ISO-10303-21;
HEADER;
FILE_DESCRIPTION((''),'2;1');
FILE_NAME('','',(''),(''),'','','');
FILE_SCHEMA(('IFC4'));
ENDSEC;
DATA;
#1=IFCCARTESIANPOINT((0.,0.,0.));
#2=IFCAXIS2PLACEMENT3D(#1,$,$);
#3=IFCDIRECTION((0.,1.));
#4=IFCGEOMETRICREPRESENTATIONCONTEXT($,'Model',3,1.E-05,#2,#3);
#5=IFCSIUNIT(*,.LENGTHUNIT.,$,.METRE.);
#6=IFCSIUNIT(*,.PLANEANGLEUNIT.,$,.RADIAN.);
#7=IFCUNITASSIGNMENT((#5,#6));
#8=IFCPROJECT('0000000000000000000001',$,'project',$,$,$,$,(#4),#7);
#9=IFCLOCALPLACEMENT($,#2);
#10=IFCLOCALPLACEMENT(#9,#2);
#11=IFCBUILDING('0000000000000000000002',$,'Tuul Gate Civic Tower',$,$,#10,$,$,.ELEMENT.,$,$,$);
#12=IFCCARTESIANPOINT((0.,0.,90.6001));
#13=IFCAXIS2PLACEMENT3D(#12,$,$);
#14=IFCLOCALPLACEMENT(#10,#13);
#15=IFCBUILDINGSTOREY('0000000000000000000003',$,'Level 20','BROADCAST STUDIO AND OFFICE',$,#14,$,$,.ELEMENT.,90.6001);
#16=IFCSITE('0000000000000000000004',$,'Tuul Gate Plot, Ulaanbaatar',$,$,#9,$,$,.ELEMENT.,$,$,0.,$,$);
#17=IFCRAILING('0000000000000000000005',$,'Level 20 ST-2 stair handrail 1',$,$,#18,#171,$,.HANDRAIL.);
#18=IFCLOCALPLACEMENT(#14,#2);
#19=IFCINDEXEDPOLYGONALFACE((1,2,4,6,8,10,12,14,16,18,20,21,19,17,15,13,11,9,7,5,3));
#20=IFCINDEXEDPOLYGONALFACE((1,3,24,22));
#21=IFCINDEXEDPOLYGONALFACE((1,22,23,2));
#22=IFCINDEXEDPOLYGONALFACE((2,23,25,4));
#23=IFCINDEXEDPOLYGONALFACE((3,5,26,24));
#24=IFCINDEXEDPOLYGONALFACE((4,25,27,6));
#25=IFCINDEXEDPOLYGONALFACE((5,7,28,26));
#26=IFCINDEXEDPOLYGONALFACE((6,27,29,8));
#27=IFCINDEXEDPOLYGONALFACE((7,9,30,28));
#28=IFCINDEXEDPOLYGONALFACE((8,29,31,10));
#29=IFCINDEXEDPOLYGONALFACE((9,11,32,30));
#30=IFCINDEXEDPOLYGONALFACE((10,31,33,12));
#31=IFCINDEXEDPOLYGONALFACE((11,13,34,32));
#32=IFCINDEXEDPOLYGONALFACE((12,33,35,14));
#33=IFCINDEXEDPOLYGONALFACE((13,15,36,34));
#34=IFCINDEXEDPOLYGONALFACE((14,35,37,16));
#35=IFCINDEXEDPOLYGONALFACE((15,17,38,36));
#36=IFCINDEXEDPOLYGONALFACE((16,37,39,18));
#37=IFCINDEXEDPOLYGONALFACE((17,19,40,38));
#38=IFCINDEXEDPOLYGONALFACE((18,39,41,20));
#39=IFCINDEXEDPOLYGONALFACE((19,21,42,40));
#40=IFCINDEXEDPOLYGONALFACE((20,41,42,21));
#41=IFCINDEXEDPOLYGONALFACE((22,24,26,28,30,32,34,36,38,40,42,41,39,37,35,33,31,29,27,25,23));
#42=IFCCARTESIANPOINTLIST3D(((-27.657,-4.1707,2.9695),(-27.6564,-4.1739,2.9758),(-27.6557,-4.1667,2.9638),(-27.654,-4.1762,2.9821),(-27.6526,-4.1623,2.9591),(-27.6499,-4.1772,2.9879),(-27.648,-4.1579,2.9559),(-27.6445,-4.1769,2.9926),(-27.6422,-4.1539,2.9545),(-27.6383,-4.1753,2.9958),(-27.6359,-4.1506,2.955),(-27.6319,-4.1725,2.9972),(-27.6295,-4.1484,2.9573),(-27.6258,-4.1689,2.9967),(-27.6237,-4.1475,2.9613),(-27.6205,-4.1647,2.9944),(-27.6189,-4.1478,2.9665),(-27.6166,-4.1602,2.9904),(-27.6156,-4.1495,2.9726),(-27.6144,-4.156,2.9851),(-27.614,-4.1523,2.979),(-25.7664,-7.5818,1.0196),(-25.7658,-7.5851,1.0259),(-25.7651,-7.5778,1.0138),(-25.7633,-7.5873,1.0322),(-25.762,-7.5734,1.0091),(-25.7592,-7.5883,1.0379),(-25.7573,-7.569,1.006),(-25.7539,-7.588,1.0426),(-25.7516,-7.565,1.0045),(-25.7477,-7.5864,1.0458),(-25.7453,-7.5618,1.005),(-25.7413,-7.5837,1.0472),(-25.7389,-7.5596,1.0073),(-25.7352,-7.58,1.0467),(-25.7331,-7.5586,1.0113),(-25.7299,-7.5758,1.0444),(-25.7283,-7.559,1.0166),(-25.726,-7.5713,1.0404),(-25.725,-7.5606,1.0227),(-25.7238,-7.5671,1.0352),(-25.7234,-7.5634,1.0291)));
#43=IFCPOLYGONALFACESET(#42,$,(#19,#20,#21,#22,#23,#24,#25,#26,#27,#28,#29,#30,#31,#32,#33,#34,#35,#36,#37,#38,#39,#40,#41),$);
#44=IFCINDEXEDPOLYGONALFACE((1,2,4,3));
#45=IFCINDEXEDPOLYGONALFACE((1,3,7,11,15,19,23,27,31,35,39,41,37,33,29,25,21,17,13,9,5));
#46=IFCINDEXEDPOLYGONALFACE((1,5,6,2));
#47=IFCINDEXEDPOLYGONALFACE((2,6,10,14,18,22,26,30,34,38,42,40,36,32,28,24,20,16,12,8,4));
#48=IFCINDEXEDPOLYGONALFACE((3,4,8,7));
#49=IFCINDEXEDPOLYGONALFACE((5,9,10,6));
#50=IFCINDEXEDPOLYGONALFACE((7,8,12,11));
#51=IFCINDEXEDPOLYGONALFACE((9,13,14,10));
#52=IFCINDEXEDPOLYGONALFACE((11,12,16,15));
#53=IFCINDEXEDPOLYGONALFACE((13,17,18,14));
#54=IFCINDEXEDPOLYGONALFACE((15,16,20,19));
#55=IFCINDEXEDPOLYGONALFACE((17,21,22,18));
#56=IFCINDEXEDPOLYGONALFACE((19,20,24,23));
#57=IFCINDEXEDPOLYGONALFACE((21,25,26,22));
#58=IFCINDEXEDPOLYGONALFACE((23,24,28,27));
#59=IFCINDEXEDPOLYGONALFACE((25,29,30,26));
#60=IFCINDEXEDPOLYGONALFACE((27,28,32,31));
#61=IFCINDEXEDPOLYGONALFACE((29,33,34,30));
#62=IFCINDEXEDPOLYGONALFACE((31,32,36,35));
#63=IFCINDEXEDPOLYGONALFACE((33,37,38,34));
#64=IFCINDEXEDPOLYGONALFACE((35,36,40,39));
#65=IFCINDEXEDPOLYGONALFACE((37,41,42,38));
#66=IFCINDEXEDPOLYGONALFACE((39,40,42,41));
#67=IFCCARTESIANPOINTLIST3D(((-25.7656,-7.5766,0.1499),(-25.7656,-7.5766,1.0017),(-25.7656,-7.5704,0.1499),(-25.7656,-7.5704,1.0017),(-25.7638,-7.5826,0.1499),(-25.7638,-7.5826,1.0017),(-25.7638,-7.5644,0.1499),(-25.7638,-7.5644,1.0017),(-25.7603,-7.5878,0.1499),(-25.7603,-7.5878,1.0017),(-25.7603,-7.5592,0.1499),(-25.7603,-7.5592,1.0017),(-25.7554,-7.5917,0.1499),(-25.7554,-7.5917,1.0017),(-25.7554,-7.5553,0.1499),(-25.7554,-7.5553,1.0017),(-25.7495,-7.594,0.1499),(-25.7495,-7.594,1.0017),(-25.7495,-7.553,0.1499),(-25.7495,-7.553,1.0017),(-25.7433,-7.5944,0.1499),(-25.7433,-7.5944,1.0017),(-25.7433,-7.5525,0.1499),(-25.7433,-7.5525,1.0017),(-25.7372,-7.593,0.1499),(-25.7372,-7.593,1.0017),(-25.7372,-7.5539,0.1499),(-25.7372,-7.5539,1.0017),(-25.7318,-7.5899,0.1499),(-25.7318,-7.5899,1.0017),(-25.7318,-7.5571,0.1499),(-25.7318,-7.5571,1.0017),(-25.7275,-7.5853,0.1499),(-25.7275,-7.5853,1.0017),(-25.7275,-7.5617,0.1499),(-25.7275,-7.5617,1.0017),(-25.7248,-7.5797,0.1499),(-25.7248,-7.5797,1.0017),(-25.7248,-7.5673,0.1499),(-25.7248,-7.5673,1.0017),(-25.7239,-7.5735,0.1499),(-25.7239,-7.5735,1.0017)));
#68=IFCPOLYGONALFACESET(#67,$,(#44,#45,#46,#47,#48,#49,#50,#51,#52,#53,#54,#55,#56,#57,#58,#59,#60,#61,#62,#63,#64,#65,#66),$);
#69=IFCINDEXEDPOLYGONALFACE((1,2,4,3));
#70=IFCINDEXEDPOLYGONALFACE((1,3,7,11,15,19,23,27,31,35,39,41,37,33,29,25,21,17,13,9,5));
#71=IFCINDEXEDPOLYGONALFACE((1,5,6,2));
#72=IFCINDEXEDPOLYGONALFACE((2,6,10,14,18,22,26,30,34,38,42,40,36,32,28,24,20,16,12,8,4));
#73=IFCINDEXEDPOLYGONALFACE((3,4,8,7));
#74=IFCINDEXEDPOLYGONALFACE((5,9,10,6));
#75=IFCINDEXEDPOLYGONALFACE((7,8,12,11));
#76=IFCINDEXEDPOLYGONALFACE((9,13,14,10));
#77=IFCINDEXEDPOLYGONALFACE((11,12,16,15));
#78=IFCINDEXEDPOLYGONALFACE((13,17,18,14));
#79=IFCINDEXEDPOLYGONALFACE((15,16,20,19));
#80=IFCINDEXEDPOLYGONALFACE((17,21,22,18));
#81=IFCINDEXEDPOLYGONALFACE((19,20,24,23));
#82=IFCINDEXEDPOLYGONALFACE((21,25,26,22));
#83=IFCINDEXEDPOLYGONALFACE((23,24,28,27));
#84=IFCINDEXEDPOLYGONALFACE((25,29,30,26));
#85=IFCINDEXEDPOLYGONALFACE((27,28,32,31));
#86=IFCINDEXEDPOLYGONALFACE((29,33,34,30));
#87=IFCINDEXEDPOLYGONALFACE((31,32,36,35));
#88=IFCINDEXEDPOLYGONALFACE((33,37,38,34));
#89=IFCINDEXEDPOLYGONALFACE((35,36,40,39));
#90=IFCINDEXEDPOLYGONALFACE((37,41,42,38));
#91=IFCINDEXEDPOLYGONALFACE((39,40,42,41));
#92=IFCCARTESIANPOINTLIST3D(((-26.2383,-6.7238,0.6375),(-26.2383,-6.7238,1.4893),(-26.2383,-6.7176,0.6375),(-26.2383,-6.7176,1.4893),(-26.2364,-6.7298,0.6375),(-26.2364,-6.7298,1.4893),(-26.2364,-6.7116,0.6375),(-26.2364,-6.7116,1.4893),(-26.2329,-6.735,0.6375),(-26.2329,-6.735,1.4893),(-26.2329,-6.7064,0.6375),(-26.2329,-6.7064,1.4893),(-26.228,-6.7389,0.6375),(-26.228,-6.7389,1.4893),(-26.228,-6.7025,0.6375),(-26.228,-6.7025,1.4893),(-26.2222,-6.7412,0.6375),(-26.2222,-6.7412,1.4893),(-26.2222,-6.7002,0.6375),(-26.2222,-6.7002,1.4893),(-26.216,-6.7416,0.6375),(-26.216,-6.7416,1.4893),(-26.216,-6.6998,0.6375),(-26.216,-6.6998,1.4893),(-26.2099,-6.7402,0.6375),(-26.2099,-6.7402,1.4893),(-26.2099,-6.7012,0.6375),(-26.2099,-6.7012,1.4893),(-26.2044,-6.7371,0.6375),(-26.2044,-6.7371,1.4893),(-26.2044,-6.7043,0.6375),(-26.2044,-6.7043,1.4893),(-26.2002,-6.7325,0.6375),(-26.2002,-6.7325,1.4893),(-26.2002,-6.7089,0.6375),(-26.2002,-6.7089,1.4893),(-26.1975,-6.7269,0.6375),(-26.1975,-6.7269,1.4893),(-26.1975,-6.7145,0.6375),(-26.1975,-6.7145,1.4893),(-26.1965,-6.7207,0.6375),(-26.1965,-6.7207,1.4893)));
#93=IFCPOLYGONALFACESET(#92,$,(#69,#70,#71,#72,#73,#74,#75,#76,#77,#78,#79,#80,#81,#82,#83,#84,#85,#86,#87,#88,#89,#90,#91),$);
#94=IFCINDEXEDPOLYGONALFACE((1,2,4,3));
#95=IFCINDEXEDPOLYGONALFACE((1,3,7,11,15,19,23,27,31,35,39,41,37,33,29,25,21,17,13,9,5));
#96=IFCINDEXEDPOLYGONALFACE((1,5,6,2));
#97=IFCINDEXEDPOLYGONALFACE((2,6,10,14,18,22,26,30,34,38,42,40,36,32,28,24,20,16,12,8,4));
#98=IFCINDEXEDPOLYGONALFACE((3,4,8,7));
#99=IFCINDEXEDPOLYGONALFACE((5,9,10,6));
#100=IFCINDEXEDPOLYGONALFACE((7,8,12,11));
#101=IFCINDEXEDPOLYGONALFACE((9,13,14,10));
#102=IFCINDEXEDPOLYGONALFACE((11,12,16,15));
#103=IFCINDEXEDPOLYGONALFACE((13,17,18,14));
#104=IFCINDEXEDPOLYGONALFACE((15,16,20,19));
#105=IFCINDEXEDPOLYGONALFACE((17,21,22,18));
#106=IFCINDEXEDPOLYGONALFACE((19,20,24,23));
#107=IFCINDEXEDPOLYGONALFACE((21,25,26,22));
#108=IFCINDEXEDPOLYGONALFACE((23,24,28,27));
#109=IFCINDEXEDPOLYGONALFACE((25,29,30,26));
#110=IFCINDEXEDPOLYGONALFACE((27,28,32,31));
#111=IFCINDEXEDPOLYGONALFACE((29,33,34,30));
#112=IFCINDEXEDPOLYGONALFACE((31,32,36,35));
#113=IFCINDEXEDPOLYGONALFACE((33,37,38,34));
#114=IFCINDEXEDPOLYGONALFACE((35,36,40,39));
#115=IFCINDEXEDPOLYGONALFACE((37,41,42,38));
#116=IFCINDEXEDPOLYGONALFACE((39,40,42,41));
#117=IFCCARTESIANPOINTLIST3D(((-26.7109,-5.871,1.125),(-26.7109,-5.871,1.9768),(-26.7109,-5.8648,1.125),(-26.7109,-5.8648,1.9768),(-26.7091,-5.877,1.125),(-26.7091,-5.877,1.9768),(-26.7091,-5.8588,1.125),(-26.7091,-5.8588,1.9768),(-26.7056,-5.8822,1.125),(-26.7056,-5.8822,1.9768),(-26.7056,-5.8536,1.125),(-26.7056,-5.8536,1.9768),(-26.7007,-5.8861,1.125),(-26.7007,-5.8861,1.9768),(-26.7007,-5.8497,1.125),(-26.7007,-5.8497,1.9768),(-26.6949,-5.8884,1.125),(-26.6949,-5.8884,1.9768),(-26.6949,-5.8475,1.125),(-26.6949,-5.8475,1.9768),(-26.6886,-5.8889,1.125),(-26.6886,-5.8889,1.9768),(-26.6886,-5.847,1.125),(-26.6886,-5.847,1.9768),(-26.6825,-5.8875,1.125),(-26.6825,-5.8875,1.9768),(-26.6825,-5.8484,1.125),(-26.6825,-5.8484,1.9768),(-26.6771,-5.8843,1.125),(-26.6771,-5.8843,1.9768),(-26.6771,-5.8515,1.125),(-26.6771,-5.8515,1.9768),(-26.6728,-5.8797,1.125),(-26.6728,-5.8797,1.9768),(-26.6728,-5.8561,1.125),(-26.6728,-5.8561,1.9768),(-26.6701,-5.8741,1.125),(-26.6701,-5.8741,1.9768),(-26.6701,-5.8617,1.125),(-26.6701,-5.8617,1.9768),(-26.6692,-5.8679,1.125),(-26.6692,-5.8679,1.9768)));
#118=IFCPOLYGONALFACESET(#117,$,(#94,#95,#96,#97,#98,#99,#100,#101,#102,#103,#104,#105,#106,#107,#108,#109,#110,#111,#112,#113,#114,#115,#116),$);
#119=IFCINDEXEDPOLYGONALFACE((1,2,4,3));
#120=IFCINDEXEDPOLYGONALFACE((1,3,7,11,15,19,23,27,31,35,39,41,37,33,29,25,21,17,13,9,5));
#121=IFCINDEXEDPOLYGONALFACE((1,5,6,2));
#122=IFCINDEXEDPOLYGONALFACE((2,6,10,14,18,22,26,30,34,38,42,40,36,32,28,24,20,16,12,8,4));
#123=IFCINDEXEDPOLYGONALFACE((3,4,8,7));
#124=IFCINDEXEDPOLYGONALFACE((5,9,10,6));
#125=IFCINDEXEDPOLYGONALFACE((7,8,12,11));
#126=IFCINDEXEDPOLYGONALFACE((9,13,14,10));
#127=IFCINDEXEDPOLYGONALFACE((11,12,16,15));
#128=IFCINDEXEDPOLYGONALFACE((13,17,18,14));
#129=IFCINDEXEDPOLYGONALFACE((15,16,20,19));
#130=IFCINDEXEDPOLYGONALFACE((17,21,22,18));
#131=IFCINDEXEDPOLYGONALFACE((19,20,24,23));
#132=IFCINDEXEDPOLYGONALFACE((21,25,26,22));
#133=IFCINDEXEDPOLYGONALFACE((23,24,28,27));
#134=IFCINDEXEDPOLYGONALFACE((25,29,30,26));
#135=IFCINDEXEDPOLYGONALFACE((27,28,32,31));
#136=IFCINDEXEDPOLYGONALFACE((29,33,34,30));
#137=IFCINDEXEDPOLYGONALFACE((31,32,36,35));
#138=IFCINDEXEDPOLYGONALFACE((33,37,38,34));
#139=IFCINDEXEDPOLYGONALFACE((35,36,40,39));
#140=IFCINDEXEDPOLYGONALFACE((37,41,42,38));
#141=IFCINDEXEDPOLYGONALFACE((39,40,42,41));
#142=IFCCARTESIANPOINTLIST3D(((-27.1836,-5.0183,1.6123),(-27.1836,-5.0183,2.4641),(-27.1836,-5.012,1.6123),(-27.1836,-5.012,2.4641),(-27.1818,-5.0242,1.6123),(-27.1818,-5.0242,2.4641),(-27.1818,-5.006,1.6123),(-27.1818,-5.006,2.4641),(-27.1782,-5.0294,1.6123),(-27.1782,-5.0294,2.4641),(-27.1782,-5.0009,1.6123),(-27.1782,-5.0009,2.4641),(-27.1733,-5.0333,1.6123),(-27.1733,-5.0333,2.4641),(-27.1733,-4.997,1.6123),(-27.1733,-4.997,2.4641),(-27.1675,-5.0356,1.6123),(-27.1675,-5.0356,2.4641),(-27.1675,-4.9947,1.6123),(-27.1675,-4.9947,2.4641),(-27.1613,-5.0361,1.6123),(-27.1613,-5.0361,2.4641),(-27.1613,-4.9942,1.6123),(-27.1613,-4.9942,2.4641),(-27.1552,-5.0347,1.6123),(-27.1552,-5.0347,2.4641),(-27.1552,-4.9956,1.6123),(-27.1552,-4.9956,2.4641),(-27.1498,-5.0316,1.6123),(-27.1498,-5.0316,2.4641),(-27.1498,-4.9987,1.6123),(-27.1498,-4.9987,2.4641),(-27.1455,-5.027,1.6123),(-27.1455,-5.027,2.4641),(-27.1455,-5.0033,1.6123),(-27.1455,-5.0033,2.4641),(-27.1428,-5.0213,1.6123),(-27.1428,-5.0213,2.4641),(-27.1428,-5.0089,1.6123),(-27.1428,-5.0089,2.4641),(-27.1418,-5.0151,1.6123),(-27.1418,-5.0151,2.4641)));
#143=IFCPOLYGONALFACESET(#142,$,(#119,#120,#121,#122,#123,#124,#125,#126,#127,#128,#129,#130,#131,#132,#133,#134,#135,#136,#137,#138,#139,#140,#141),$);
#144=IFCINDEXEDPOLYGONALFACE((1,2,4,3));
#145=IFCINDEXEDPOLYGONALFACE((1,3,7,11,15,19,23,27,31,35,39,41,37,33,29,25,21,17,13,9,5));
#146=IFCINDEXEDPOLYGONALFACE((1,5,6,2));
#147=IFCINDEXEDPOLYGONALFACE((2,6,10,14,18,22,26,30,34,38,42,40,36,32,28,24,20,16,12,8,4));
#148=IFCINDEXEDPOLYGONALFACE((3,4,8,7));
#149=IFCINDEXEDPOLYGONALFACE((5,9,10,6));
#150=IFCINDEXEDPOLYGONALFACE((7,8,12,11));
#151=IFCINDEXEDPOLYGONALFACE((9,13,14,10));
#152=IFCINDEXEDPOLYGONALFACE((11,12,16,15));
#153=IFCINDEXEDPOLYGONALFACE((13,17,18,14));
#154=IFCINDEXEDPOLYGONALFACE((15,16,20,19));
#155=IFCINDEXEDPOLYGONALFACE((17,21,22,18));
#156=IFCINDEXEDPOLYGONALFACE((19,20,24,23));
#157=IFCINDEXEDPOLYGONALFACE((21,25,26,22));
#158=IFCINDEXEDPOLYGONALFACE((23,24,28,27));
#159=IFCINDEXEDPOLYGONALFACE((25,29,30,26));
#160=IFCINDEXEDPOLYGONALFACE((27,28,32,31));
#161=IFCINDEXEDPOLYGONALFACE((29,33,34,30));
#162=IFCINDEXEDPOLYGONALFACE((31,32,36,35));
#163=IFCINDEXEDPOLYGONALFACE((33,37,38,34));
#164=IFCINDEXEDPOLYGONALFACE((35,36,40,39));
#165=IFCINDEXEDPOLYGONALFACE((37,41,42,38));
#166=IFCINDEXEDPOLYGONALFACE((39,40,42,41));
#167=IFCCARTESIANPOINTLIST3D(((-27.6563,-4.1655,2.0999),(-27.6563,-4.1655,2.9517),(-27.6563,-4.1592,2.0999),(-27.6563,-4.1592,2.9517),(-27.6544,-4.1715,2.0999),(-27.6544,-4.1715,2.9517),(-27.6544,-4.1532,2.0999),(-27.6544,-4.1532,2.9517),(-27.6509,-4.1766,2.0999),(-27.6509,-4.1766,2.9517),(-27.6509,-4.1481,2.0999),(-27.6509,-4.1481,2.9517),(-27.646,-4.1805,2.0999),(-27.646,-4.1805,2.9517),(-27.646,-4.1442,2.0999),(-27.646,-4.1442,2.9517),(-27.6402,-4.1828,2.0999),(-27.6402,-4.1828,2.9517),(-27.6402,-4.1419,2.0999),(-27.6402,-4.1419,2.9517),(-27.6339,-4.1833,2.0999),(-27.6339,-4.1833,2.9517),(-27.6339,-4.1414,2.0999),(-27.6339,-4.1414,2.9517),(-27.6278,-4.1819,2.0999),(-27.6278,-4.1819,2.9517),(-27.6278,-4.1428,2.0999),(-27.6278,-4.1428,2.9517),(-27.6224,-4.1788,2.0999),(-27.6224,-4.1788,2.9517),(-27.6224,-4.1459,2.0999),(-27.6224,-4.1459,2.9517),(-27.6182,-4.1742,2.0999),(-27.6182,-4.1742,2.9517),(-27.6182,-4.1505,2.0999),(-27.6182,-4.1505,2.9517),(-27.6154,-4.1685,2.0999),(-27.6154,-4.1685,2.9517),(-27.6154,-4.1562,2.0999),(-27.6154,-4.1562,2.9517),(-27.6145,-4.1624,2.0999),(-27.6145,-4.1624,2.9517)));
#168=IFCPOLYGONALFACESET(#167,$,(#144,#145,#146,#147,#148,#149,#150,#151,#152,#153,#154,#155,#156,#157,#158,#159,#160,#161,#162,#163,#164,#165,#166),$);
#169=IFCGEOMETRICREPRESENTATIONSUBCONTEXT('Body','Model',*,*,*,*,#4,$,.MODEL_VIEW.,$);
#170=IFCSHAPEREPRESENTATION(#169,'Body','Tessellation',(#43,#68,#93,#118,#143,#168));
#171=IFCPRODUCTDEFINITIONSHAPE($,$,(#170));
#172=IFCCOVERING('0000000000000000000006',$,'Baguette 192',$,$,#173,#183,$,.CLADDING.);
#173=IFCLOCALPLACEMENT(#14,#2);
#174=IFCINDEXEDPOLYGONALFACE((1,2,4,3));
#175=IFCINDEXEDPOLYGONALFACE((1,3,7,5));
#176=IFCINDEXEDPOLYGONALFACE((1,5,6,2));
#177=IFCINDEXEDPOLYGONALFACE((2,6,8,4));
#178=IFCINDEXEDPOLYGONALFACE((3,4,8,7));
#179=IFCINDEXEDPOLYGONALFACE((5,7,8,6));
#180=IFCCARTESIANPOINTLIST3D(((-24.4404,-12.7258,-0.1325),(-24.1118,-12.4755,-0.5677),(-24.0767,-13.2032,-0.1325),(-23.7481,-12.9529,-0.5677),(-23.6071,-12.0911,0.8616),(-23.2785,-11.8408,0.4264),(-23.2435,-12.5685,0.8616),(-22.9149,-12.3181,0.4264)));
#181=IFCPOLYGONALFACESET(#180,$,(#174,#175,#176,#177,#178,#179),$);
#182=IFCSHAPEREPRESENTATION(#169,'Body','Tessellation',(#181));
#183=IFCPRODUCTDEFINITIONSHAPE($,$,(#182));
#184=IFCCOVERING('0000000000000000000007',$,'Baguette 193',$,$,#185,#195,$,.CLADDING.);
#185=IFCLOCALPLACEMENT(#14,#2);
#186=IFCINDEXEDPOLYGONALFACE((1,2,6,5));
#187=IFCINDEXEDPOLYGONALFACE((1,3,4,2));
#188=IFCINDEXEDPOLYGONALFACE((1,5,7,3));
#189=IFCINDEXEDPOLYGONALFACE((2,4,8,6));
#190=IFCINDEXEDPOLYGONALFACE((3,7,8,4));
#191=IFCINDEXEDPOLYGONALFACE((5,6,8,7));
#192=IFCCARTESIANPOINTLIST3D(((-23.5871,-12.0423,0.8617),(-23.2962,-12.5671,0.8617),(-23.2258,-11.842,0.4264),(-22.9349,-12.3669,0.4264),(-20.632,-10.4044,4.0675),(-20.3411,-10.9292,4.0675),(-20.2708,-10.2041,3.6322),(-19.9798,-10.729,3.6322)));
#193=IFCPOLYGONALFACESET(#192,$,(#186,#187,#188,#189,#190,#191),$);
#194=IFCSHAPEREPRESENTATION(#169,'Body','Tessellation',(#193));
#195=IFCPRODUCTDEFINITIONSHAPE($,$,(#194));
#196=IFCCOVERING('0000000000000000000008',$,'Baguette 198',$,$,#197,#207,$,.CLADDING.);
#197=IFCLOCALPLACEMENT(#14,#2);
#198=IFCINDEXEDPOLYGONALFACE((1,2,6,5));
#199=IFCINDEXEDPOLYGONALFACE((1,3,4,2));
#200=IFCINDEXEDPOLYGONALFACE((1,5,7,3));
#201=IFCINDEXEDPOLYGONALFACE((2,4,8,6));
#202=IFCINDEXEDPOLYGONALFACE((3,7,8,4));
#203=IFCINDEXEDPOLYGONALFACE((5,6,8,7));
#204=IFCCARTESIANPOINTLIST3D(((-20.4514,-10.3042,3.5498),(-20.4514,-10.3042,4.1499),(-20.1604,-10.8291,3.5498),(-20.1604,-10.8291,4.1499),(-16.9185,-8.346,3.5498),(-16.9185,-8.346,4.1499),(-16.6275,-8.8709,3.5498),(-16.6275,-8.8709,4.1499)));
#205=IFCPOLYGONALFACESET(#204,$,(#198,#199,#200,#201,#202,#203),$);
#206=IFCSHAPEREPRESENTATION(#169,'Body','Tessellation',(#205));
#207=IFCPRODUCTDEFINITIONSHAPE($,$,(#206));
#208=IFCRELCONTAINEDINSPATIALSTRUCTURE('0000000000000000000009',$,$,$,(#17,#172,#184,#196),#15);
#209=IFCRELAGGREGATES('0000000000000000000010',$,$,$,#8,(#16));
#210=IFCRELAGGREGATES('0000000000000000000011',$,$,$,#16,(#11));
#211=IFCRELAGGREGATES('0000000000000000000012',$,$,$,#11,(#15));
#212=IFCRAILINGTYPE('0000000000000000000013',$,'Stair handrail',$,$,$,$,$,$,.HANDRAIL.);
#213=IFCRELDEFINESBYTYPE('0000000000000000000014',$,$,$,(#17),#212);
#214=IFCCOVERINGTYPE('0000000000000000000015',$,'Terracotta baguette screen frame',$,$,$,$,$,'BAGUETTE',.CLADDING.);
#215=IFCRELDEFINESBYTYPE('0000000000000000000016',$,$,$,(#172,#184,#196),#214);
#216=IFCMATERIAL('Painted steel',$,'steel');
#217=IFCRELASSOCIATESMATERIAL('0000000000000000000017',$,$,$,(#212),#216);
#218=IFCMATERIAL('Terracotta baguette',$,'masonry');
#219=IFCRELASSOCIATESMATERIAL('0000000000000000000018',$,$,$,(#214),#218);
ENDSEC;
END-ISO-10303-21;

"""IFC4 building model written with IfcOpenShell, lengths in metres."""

from ifc_helpers import new_model, si_unit, direction, frame, origin, origin_2d, place, context, subcontext, project, spatial, rectangle, circle, extrude, material, material_profile, profile_set, type_object, element, save


model = new_model("IFC4")

# Units and contexts
model_context = context("Model", 3, precision=1e-05, world=origin(), true_north=direction((0.0, 1.0)))
body_context = subcontext(model_context, "Body", "Model", "MODEL_VIEW")
ifc_project = project(units=[si_unit("LENGTHUNIT", "METRE"), si_unit("PLANEANGLEUNIT", "RADIAN")], contexts=[model_context])

# Site, building, storey
site_placement = place(None, origin())
site = spatial("IfcSite", under=ifc_project, at=site_placement, Name="Tuul Gate Plot, Ulaanbaatar", CompositionType="ELEMENT", RefElevation=0.0)
building_placement = place(site_placement, origin())
building = spatial("IfcBuilding", under=site, at=building_placement, Name="Tuul Gate Civic Tower", CompositionType="ELEMENT")
storey_placement = place(building_placement, frame((0.0, 0.0, 90.6001)))
storey = spatial("IfcBuildingStorey", under=building, at=storey_placement, Name="Level 20", Description="BROADCAST STUDIO AND OFFICE", CompositionType="ELEMENT", Elevation=90.6001)

# Railing
ifc_material_1 = material(Name="Painted steel", Category="steel")
railing_type = type_object("IfcRailingType", Name="Stair handrail", PredefinedType="HANDRAIL", material=ifc_material_1)
railing_placement = place(storey_placement, frame((-25.7449, -7.5735, 0.1499)))
element("IfcRailing", 1, at=railing_placement, inside=storey, type_object=railing_type, Name="Level 20 ST-2 stair handrail 1", PredefinedType="HANDRAIL", context=body_context, shape_type="SweptSolid", body=[
    extrude(circle(Radius=0.0239, at=origin_2d()), frame((0.0, 0.0, 0.876), z_axis=(-0.433595, 0.782308, 0.447201), x_axis=(-0.874641, -0.484771, 0.0)), (0.0, 0.0, 1.0), 4.3604),
    extrude(circle(Radius=0.021, at=origin_2d()), origin(), (0.0, 0.0, 1.0), 0.8518),
    extrude(circle(Radius=0.021, at=origin_2d()), frame((-0.4727, 0.8528, 0.4875)), (0.0, 0.0, 1.0), 0.8518),
    extrude(circle(Radius=0.021, at=origin_2d()), frame((-0.9453, 1.7056, 0.9751)), (0.0, 0.0, 1.0), 0.8518),
    extrude(circle(Radius=0.021, at=origin_2d()), frame((-1.418, 2.5583, 1.4624)), (0.0, 0.0, 1.0), 0.8518),
    extrude(circle(Radius=0.021, at=origin_2d()), frame((-1.8906, 3.4111, 1.95)), (0.0, 0.0, 1.0), 0.8518),
])

# Coverings
ifc_material_2 = material(Name="Terracotta baguette", Category="masonry")
ifc_material_profile_1 = material_profile(ifc_material_2, rectangle(XDim=0.6001, YDim=0.6001, at=origin_2d()), Name="Terracotta baguette screen frame")
ifc_profile_set_1 = profile_set([ifc_material_profile_1], Name="Terracotta baguette")
covering_type = type_object("IfcCoveringType", Name="Terracotta baguette screen frame", ElementType="BAGUETTE", PredefinedType="CLADDING", material=ifc_profile_set_1)
covering_1_placement = place(storey_placement, frame((-24.0942, -12.8394, -0.3501), z_axis=(0.576987, 0.439545, 0.688394), x_axis=(-0.605987, 0.795475, 0.0)))
element("IfcCovering", 2, at=covering_1_placement, inside=storey, type_object=covering_type, Name="Baguette 192", PredefinedType="CLADDING", context=body_context, shape_type="SweptSolid", body=[
    extrude(rectangle(XDim=0.6001, YDim=0.6001, at=origin_2d()), origin(), (0.0, 0.0, 1.0), 1.4441),
])
covering_2_placement = place(storey_placement, frame((-23.261, -12.2046, 0.644), z_axis=(0.634474, 0.351676, 0.688308), x_axis=(-0.48479, 0.874631, 0.0)))
element("IfcCovering", 3, at=covering_2_placement, inside=storey, type_object=covering_type, Name="Baguette 193", PredefinedType="CLADDING", context=body_context, shape_type="SweptSolid", body=[
    extrude(rectangle(XDim=0.6001, YDim=0.6001, at=origin_2d()), origin(), (0.0, 0.0, 1.0), 4.6575),
])
covering_3_placement = place(storey_placement, frame((-20.3059, -10.5667, 3.8499), z_axis=(0.87463, 0.484791, 0.0), x_axis=(-0.484791, 0.87463, 0.0)))
element("IfcCovering", 4, at=covering_3_placement, inside=storey, type_object=covering_type, Name="Baguette 198", PredefinedType="CLADDING", context=body_context, shape_type="SweptSolid", body=[
    extrude(rectangle(XDim=0.6001, YDim=0.6001, at=origin_2d()), origin(), (0.0, 0.0, 1.0), 4.0393),
])

save(model, "model.ifc")
